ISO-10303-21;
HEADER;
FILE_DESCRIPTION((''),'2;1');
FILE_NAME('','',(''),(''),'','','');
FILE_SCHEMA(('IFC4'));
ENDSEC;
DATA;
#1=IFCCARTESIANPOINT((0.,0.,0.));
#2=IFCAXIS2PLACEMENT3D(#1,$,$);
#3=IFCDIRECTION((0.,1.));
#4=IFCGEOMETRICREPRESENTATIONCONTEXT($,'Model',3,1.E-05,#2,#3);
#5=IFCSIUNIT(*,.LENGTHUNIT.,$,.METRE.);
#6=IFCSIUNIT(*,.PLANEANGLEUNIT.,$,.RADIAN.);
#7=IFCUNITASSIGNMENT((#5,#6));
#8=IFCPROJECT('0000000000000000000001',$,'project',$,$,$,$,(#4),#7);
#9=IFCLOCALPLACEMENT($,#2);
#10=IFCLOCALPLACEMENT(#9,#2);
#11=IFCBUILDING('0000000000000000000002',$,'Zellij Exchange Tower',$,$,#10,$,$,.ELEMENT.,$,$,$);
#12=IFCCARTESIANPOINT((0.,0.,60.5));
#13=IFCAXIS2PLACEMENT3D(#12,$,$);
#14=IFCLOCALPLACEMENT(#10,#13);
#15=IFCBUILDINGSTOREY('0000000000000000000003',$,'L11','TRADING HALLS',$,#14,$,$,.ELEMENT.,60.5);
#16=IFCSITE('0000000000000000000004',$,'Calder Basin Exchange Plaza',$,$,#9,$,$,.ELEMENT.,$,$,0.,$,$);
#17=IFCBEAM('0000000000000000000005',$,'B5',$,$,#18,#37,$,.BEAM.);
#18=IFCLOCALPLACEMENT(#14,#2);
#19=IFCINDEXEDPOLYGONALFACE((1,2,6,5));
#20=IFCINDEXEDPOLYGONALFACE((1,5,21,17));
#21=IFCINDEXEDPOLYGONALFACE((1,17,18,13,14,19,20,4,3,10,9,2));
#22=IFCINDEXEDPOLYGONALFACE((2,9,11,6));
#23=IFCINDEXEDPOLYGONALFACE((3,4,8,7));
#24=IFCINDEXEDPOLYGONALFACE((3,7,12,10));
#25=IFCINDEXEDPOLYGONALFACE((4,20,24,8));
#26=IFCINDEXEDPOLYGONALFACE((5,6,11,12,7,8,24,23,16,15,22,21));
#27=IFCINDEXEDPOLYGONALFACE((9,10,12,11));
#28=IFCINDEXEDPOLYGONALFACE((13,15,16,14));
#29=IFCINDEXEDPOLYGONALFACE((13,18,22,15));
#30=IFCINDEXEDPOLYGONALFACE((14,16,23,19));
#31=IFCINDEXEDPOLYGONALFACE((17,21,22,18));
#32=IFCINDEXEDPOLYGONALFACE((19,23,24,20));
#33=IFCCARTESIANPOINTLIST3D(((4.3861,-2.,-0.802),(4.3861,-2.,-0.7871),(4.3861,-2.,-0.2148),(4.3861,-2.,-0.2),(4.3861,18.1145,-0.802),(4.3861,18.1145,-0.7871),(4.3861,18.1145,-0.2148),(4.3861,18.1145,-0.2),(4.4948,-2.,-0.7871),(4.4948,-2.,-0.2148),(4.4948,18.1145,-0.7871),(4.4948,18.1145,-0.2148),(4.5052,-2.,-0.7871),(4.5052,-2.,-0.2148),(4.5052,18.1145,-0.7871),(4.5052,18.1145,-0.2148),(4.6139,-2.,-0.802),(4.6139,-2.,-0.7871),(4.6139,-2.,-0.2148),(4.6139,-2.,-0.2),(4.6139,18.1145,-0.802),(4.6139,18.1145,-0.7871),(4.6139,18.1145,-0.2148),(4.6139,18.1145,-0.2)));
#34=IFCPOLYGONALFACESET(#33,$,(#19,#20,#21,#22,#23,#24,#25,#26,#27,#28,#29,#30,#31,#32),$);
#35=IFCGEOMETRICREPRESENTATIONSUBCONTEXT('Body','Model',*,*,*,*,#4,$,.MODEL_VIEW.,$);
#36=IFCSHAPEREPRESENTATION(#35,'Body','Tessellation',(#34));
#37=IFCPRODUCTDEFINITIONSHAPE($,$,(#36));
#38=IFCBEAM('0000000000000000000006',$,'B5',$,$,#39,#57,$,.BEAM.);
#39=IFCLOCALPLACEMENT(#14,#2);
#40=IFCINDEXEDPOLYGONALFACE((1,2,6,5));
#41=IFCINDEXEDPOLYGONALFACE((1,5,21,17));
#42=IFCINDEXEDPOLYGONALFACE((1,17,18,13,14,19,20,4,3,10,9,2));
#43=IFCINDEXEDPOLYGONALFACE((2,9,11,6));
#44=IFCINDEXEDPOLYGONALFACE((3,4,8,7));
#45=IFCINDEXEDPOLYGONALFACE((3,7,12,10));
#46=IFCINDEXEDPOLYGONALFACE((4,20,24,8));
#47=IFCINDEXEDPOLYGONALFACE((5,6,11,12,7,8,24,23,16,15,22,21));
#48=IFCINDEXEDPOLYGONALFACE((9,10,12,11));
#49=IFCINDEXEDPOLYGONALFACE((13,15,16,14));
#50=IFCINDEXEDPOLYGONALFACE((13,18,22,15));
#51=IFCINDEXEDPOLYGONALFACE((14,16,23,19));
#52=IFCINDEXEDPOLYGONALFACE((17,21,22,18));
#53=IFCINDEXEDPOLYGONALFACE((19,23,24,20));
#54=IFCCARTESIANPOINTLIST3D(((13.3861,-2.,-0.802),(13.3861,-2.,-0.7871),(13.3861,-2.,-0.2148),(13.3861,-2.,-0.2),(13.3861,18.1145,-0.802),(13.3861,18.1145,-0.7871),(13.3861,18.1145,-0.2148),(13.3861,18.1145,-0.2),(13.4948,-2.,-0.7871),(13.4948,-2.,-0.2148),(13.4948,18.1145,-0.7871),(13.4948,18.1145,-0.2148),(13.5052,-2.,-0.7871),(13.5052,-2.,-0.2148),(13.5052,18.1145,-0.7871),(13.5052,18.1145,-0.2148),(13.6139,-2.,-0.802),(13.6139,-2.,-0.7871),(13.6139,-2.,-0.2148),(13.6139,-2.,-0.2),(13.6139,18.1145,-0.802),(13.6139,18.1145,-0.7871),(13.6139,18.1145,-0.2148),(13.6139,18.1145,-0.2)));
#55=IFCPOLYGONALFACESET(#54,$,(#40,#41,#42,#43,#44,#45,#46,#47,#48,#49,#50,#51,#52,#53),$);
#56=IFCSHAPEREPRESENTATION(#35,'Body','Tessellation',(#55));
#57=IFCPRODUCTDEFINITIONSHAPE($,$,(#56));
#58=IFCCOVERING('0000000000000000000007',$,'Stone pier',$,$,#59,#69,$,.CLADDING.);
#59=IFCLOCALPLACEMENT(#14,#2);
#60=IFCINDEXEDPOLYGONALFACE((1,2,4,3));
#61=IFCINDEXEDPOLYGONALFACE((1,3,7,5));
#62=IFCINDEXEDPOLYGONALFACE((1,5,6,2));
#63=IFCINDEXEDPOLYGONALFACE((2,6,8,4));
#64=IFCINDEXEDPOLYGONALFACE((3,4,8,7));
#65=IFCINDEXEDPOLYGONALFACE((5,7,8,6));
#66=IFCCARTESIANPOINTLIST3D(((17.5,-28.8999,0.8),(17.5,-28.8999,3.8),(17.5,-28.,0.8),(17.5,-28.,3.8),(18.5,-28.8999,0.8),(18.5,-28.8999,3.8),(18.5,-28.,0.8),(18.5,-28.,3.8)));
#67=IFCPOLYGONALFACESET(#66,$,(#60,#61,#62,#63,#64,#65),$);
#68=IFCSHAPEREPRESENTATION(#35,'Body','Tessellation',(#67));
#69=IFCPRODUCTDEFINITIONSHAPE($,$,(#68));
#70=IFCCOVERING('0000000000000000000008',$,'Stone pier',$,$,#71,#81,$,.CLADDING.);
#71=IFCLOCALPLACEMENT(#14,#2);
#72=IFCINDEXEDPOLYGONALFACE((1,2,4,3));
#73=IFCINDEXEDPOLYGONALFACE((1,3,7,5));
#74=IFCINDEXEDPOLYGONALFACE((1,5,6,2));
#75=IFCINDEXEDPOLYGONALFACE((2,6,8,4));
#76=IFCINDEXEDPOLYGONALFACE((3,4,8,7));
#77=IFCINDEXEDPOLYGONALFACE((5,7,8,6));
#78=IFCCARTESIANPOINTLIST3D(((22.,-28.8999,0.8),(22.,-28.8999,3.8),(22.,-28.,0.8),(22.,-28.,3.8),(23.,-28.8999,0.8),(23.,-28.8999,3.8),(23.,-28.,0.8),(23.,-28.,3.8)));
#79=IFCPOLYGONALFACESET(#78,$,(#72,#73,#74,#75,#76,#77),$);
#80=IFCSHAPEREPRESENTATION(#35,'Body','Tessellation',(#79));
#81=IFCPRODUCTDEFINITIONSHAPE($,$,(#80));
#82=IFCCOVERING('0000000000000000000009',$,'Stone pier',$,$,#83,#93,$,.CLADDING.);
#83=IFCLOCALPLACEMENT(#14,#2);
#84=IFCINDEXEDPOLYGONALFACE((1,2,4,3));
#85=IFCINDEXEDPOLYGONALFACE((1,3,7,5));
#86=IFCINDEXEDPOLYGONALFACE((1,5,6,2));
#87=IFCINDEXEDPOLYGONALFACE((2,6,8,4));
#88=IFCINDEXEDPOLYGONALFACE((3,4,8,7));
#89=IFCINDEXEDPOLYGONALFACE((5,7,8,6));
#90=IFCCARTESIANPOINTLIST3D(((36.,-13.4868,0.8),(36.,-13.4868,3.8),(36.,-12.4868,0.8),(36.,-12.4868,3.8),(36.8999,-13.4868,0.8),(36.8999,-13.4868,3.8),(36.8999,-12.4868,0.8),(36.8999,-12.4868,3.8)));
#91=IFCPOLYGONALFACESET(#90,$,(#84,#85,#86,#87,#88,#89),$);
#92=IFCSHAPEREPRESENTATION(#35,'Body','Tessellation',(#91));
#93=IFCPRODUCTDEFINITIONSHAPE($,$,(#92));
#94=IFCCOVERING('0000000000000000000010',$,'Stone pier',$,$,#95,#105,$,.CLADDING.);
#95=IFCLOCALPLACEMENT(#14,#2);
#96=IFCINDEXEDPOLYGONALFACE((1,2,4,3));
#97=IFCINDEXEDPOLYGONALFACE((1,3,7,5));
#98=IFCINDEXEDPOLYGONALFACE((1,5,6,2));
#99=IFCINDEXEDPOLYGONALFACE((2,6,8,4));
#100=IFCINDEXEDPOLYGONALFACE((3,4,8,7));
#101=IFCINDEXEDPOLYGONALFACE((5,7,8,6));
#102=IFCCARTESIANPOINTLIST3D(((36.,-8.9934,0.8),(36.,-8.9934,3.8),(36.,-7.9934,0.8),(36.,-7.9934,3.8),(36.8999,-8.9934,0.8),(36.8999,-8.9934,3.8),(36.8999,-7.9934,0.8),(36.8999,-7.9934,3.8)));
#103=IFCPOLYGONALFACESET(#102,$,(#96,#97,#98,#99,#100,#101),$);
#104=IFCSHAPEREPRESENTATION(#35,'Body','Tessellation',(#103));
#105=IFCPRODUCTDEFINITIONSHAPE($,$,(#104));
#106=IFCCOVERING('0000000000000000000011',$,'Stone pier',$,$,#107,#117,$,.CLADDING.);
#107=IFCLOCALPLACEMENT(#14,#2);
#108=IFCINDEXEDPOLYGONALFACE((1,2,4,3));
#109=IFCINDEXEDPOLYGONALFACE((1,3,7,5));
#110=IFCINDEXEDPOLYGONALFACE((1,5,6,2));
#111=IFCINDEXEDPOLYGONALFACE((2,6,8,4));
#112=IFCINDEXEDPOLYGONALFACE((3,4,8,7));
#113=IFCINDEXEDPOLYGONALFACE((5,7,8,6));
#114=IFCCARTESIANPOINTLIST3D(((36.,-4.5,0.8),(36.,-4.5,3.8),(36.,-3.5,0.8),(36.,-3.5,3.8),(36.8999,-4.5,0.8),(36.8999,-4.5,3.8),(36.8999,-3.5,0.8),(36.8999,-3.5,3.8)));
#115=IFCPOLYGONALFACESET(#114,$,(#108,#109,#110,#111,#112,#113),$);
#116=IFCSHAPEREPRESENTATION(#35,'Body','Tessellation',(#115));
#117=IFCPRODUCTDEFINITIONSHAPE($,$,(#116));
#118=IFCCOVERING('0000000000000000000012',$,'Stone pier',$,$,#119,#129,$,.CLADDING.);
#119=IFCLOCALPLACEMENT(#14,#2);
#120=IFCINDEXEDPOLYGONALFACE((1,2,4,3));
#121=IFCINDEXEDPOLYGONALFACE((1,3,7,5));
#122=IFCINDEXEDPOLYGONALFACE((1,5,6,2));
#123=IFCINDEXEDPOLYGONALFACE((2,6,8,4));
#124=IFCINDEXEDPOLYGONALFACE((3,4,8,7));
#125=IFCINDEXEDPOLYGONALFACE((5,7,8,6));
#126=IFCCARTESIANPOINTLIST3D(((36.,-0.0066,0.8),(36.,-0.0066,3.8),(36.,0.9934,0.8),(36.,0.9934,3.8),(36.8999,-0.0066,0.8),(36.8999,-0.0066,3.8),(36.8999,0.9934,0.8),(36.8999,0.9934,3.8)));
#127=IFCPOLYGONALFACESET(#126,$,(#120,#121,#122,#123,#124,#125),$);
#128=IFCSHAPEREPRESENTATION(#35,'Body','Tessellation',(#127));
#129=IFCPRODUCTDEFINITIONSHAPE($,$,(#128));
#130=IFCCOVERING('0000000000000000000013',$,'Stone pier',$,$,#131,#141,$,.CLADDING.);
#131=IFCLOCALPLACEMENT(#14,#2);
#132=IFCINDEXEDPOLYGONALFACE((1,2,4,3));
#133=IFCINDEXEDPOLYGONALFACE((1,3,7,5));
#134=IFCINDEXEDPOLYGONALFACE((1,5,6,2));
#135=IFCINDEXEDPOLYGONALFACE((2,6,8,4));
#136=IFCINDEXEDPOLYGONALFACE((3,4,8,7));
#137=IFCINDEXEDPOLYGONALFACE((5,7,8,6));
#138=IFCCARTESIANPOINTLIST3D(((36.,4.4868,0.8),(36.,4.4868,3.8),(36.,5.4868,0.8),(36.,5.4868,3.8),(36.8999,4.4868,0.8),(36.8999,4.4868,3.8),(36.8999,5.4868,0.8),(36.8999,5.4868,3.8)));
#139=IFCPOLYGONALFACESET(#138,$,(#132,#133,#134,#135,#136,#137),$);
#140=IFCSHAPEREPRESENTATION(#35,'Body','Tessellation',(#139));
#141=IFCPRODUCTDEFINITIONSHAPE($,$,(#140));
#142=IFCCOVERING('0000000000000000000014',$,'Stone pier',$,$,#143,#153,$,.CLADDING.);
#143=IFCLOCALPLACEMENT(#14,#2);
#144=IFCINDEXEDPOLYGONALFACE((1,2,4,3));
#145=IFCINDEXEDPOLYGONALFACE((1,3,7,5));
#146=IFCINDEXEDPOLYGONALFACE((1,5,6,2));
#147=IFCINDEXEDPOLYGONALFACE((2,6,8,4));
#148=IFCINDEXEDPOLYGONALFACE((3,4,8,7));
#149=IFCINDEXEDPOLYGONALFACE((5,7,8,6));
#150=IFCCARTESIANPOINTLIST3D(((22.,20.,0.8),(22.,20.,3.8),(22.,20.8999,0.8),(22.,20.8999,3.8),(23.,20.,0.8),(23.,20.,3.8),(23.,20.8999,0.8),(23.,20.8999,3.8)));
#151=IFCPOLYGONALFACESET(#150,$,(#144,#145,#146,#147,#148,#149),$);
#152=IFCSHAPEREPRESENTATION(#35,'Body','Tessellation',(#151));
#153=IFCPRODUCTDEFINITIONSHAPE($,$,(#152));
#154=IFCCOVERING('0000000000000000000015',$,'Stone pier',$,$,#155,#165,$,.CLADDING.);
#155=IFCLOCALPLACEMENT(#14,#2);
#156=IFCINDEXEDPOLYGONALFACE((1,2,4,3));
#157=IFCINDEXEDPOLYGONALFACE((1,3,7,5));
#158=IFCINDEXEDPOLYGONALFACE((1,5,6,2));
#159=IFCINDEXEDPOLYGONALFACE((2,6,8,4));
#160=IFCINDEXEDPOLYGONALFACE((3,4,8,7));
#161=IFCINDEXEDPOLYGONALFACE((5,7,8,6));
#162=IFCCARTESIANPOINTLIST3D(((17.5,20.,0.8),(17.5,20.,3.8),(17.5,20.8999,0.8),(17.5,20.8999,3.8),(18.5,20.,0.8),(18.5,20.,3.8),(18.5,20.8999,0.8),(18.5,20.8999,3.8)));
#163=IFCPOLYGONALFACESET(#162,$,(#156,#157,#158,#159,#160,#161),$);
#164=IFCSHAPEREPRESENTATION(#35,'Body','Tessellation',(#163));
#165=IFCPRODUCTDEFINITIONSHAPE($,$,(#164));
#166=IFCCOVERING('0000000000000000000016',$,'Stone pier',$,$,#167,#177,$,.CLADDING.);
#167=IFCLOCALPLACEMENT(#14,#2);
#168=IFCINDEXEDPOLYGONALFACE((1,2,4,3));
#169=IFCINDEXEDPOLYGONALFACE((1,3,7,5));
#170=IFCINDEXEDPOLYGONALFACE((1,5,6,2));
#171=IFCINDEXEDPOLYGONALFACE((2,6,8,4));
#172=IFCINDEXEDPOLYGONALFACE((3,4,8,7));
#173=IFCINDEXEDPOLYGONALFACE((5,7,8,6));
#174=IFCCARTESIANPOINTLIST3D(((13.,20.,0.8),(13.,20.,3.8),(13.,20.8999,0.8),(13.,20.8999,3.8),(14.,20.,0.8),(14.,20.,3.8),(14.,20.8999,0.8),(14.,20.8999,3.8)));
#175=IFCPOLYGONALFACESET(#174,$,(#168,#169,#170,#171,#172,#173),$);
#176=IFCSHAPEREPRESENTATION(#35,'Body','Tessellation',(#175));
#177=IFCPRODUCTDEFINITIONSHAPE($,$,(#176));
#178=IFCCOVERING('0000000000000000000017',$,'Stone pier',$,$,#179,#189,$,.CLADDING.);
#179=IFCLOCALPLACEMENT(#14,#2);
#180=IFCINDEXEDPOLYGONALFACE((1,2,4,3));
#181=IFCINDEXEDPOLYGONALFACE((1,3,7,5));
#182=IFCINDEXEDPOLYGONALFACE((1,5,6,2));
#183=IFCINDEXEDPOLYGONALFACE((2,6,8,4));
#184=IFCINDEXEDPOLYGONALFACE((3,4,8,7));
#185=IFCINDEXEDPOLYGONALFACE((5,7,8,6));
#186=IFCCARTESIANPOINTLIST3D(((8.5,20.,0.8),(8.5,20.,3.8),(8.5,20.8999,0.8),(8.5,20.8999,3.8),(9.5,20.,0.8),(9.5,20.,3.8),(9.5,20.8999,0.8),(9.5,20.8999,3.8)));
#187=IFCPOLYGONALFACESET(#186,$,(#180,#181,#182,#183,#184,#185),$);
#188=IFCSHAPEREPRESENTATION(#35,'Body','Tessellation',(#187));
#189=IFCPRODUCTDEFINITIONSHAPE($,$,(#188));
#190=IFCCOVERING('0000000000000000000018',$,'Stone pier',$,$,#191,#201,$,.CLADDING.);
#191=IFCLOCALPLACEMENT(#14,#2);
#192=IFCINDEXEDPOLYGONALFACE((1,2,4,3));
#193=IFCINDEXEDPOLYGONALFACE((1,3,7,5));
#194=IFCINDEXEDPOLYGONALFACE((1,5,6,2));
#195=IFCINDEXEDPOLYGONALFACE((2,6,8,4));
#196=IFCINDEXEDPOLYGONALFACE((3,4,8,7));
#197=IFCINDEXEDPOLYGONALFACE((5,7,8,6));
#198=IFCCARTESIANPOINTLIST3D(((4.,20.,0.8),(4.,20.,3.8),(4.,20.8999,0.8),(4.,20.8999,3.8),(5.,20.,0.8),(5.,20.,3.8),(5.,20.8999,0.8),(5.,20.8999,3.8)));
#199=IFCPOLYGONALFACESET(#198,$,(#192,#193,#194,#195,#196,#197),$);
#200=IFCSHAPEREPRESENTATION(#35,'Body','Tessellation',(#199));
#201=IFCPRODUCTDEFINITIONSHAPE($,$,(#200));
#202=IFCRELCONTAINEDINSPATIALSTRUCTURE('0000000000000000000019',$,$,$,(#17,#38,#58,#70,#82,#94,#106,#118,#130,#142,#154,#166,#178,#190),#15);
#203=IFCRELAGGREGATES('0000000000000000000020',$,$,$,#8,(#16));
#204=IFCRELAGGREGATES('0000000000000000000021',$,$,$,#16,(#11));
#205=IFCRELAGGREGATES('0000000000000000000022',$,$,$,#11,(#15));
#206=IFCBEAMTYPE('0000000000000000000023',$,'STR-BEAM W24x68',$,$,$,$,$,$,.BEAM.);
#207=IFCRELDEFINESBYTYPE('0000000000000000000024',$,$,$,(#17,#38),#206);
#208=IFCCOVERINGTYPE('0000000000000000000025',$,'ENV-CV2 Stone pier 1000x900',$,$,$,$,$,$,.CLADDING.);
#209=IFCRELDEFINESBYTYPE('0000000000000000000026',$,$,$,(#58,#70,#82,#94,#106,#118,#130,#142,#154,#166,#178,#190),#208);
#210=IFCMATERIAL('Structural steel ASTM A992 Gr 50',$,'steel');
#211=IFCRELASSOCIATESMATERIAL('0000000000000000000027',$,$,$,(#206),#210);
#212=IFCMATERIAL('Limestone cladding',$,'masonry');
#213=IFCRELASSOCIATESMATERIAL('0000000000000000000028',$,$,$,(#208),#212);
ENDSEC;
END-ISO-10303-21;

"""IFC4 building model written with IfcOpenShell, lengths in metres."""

from ifc_helpers import new_model, si_unit, direction, frame, origin, origin_2d, place, context, subcontext, project, spatial, polyline, i_section, outline, extrude, material, material_profile, profile_set, type_object, element, save


model = new_model("IFC4")

# Units and contexts
model_context = context("Model", 3, precision=1e-05, world=origin(), true_north=direction((0.0, 1.0)))
body_context = subcontext(model_context, "Body", "Model", "MODEL_VIEW")
ifc_project = project(units=[si_unit("LENGTHUNIT", "METRE"), si_unit("PLANEANGLEUNIT", "RADIAN")], contexts=[model_context])

# Site, building, storey
site_placement = place(None, origin())
site = spatial("IfcSite", under=ifc_project, at=site_placement, Name="Calder Basin Exchange Plaza", CompositionType="ELEMENT", RefElevation=0.0)
building_placement = place(site_placement, origin())
building = spatial("IfcBuilding", under=site, at=building_placement, Name="Zellij Exchange Tower", CompositionType="ELEMENT")
storey_placement = place(building_placement, frame((0.0, 0.0, 60.5)))
storey = spatial("IfcBuildingStorey", under=building, at=storey_placement, Name="L11", Description="TRADING HALLS", CompositionType="ELEMENT", Elevation=60.5)

# Beams
ifc_material_1 = material(Name="Structural steel ASTM A992 Gr 50", Category="steel")
ifc_material_profile = material_profile(ifc_material_1, i_section(OverallWidth=0.2278, OverallDepth=0.6021, WebThickness=0.0105, FlangeThickness=0.0149, at=origin_2d()), Name="W24x68")
ifc_profile_set = profile_set([ifc_material_profile], Name="Structural steel ASTM A992 Gr 50")
beam_type = type_object("IfcBeamType", Name="STR-BEAM W24x68", PredefinedType="BEAM", material=ifc_profile_set)
for number, where, z_axis, x_axis, name in (
    (1, (4.5, -2.0, -0.501), (0.0, 1.0, 0.0), (-1.0, 0.0, 0.0), "B5"),
    (2, (13.5, -2.0, -0.501), (0.0, 1.0, 0.0), (-1.0, 0.0, 0.0), "B5"),
):
    element("IfcBeam", number, at=place(storey_placement, frame(where, z_axis=z_axis, x_axis=x_axis)), inside=storey, type_object=beam_type, Name=name, PredefinedType="BEAM", context=body_context, shape_type="SweptSolid", body=[
        extrude(i_section(OverallWidth=0.2278, OverallDepth=0.6021, WebThickness=0.0105, FlangeThickness=0.0149, at=origin_2d()), origin(), (0.0, 0.0, 1.0), 20.1145),
    ])

# Coverings
ifc_material_2 = material(Name="Limestone cladding", Category="masonry")
covering_type = type_object("IfcCoveringType", Name="ENV-CV2 Stone pier 1000x900", PredefinedType="CLADDING", material=ifc_material_2)
covering_1_placement = place(storey_placement, frame((0.0, 0.0, 0.8)))
element("IfcCovering", 3, at=covering_1_placement, inside=storey, type_object=covering_type, Name="Stone pier", PredefinedType="CLADDING", context=body_context, shape_type="SweptSolid", body=[
    extrude(outline(polyline([(17.5, -28.0), (18.5, -28.0), (18.5, -28.8999), (17.5, -28.8999), (17.5, -28.0)])), origin(), (0.0, 0.0, 1.0), 3.0),
])
covering_2_placement = place(storey_placement, frame((0.0, 0.0, 0.8)))
element("IfcCovering", 4, at=covering_2_placement, inside=storey, type_object=covering_type, Name="Stone pier", PredefinedType="CLADDING", context=body_context, shape_type="SweptSolid", body=[
    extrude(outline(polyline([(22.0, -28.0), (23.0, -28.0), (23.0, -28.8999), (22.0, -28.8999), (22.0, -28.0)])), origin(), (0.0, 0.0, 1.0), 3.0),
])
covering_3_placement = place(storey_placement, frame((0.0, 0.0, 0.8)))
element("IfcCovering", 5, at=covering_3_placement, inside=storey, type_object=covering_type, Name="Stone pier", PredefinedType="CLADDING", context=body_context, shape_type="SweptSolid", body=[
    extrude(outline(polyline([(36.0, -13.4868), (36.0, -12.4868), (36.8999, -12.4868), (36.8999, -13.4868), (36.0, -13.4868)])), origin(), (0.0, 0.0, 1.0), 3.0),
])
covering_4_placement = place(storey_placement, frame((0.0, 0.0, 0.8)))
element("IfcCovering", 6, at=covering_4_placement, inside=storey, type_object=covering_type, Name="Stone pier", PredefinedType="CLADDING", context=body_context, shape_type="SweptSolid", body=[
    extrude(outline(polyline([(36.0, -8.9934), (36.0, -7.9934), (36.8999, -7.9934), (36.8999, -8.9934), (36.0, -8.9934)])), origin(), (0.0, 0.0, 1.0), 3.0),
])
covering_5_placement = place(storey_placement, frame((0.0, 0.0, 0.8)))
element("IfcCovering", 7, at=covering_5_placement, inside=storey, type_object=covering_type, Name="Stone pier", PredefinedType="CLADDING", context=body_context, shape_type="SweptSolid", body=[
    extrude(outline(polyline([(36.0, -4.5), (36.0, -3.5), (36.8999, -3.5), (36.8999, -4.5), (36.0, -4.5)])), origin(), (0.0, 0.0, 1.0), 3.0),
])
covering_6_placement = place(storey_placement, frame((0.0, 0.0, 0.8)))
element("IfcCovering", 8, at=covering_6_placement, inside=storey, type_object=covering_type, Name="Stone pier", PredefinedType="CLADDING", context=body_context, shape_type="SweptSolid", body=[
    extrude(outline(polyline([(36.0, -0.0066), (36.0, 0.9934), (36.8999, 0.9934), (36.8999, -0.0066), (36.0, -0.0066)])), origin(), (0.0, 0.0, 1.0), 3.0),
])
covering_7_placement = place(storey_placement, frame((0.0, 0.0, 0.8)))
element("IfcCovering", 9, at=covering_7_placement, inside=storey, type_object=covering_type, Name="Stone pier", PredefinedType="CLADDING", context=body_context, shape_type="SweptSolid", body=[
    extrude(outline(polyline([(36.0, 4.4868), (36.0, 5.4868), (36.8999, 5.4868), (36.8999, 4.4868), (36.0, 4.4868)])), origin(), (0.0, 0.0, 1.0), 3.0),
])
covering_8_placement = place(storey_placement, frame((0.0, 0.0, 0.8)))
element("IfcCovering", 10, at=covering_8_placement, inside=storey, type_object=covering_type, Name="Stone pier", PredefinedType="CLADDING", context=body_context, shape_type="SweptSolid", body=[
    extrude(outline(polyline([(23.0, 20.0), (22.0, 20.0), (22.0, 20.8999), (23.0, 20.8999), (23.0, 20.0)])), origin(), (0.0, 0.0, 1.0), 3.0),
])
covering_9_placement = place(storey_placement, frame((0.0, 0.0, 0.8)))
element("IfcCovering", 11, at=covering_9_placement, inside=storey, type_object=covering_type, Name="Stone pier", PredefinedType="CLADDING", context=body_context, shape_type="SweptSolid", body=[
    extrude(outline(polyline([(18.5, 20.0), (17.5, 20.0), (17.5, 20.8999), (18.5, 20.8999), (18.5, 20.0)])), origin(), (0.0, 0.0, 1.0), 3.0),
])
covering_10_placement = place(storey_placement, frame((0.0, 0.0, 0.8)))
element("IfcCovering", 12, at=covering_10_placement, inside=storey, type_object=covering_type, Name="Stone pier", PredefinedType="CLADDING", context=body_context, shape_type="SweptSolid", body=[
    extrude(outline(polyline([(14.0, 20.0), (13.0, 20.0), (13.0, 20.8999), (14.0, 20.8999), (14.0, 20.0)])), origin(), (0.0, 0.0, 1.0), 3.0),
])
covering_11_placement = place(storey_placement, frame((0.0, 0.0, 0.8)))
element("IfcCovering", 13, at=covering_11_placement, inside=storey, type_object=covering_type, Name="Stone pier", PredefinedType="CLADDING", context=body_context, shape_type="SweptSolid", body=[
    extrude(outline(polyline([(9.5, 20.0), (8.5, 20.0), (8.5, 20.8999), (9.5, 20.8999), (9.5, 20.0)])), origin(), (0.0, 0.0, 1.0), 3.0),
])
covering_12_placement = place(storey_placement, frame((0.0, 0.0, 0.8)))
element("IfcCovering", 14, at=covering_12_placement, inside=storey, type_object=covering_type, Name="Stone pier", PredefinedType="CLADDING", context=body_context, shape_type="SweptSolid", body=[
    extrude(outline(polyline([(5.0, 20.0), (4.0, 20.0), (4.0, 20.8999), (5.0, 20.8999), (5.0, 20.0)])), origin(), (0.0, 0.0, 1.0), 3.0),
])

save(model, "model.ifc")
